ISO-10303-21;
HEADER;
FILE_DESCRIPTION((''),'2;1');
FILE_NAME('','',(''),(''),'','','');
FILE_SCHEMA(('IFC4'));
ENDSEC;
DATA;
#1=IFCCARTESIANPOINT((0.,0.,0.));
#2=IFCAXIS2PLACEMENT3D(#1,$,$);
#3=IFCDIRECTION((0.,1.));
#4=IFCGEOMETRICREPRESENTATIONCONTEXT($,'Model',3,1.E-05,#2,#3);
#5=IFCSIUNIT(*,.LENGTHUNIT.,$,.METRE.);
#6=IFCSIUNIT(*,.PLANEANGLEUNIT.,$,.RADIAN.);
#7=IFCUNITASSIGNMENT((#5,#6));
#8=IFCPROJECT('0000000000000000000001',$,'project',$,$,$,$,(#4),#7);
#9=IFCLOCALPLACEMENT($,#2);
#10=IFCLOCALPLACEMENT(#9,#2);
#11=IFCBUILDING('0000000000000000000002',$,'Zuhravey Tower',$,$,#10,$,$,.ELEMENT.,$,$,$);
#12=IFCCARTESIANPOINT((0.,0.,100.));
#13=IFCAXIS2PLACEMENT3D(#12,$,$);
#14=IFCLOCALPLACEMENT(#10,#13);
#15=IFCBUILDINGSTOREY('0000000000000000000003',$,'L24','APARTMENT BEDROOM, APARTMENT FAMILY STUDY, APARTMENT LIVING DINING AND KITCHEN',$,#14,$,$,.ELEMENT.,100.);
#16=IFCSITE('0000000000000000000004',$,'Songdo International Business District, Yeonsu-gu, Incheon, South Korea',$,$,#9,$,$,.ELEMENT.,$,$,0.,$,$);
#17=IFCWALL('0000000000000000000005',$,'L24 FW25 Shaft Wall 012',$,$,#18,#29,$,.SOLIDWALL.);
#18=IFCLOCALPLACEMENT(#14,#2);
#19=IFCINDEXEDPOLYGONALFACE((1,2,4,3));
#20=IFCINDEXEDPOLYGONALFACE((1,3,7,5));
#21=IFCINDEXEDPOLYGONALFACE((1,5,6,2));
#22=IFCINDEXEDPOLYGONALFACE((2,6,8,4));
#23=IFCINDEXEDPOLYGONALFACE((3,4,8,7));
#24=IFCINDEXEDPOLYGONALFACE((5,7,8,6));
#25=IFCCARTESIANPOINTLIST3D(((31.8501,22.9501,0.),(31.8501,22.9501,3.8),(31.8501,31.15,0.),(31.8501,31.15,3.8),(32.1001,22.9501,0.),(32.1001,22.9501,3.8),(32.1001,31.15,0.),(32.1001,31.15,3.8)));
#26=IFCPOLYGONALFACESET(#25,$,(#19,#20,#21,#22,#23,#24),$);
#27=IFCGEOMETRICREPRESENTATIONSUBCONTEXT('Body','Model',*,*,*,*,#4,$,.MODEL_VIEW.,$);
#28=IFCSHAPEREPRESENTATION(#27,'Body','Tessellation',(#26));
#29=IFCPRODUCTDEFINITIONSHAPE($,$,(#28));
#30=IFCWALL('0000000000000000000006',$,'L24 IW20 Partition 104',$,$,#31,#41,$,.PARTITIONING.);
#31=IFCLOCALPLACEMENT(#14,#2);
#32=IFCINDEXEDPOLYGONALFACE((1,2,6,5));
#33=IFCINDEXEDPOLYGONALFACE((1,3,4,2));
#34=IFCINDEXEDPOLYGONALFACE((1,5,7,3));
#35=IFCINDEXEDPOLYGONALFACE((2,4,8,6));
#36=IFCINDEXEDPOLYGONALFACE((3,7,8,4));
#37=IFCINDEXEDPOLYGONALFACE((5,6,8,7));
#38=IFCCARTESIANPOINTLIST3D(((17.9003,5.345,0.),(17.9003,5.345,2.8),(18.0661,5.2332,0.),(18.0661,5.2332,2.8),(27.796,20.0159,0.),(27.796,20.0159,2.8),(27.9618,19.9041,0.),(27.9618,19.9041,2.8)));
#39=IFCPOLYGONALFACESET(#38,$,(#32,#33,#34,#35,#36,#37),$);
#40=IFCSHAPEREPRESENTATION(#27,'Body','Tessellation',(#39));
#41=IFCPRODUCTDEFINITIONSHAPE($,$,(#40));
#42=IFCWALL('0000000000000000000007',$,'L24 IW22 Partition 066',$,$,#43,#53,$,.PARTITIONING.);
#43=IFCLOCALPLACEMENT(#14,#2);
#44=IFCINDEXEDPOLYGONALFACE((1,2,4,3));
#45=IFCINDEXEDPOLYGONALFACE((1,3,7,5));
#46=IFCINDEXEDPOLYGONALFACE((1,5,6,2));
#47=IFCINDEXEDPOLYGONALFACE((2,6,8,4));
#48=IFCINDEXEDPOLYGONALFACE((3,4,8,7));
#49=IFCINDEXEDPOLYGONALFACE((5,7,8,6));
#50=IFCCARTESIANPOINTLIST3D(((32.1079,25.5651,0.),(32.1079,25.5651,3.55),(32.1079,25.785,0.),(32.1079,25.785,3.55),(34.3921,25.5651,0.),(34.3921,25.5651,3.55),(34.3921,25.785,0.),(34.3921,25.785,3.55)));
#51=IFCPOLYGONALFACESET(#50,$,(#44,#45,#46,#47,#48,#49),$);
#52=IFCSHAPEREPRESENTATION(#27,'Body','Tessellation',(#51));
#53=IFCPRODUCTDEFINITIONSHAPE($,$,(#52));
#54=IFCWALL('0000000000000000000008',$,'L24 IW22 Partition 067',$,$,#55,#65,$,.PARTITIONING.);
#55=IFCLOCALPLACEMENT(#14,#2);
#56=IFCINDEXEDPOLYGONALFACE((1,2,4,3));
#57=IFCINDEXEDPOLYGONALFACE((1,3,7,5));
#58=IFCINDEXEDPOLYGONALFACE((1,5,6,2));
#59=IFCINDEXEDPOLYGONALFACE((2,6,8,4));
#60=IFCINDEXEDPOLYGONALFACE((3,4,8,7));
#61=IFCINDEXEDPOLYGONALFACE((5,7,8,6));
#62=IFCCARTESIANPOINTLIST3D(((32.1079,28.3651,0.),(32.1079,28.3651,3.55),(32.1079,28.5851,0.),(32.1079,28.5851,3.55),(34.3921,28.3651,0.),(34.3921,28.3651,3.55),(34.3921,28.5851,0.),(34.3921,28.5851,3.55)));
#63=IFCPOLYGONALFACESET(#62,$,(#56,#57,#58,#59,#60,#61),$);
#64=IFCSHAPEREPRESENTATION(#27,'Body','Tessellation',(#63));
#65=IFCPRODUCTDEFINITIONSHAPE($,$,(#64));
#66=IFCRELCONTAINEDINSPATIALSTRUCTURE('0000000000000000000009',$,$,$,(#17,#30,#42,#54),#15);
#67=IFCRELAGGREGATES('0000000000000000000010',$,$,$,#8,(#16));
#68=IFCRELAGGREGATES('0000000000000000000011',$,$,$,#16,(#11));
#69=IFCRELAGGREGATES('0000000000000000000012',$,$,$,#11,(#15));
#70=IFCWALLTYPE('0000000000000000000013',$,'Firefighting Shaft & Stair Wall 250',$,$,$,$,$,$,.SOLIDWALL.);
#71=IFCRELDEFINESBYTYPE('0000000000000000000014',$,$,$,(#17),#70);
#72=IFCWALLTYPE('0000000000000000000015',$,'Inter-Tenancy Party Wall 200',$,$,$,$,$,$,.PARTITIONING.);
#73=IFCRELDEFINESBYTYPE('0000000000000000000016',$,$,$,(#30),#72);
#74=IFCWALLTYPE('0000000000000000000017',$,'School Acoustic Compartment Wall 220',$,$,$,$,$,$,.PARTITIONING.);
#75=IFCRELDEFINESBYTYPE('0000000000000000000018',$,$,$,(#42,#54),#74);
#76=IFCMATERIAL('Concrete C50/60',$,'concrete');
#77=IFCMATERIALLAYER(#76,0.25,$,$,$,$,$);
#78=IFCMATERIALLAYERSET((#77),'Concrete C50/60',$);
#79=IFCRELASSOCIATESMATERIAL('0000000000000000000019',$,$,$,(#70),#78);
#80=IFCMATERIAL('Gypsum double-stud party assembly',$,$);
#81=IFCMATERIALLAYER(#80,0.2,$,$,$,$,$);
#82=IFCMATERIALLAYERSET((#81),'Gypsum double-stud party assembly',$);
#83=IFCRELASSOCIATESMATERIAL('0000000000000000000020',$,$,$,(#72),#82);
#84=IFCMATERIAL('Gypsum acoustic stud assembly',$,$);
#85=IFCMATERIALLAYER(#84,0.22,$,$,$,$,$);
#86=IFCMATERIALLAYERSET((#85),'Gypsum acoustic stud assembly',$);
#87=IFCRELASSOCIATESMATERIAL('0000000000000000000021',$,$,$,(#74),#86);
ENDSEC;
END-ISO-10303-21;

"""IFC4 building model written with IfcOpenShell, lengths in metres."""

from ifc_helpers import new_model, si_unit, direction, frame, frame_2d, origin, place, context, subcontext, project, spatial, rectangle, extrude, material, layer, layer_set, type_object, element, save


model = new_model("IFC4")

# Units and contexts
model_context = context("Model", 3, precision=1e-05, world=origin(), true_north=direction((0.0, 1.0)))
body_context = subcontext(model_context, "Body", "Model", "MODEL_VIEW")
ifc_project = project(units=[si_unit("LENGTHUNIT", "METRE"), si_unit("PLANEANGLEUNIT", "RADIAN")], contexts=[model_context])

# Site, building, storey
site_placement = place(None, origin())
site = spatial("IfcSite", under=ifc_project, at=site_placement, Name="Songdo International Business District, Yeonsu-gu, Incheon, South Korea", CompositionType="ELEMENT", RefElevation=0.0)
building_placement = place(site_placement, origin())
building = spatial("IfcBuilding", under=site, at=building_placement, Name="Zuhravey Tower", CompositionType="ELEMENT")
storey_placement = place(building_placement, frame((0.0, 0.0, 100.0)))
storey = spatial("IfcBuildingStorey", under=building, at=storey_placement, Name="L24", Description="APARTMENT BEDROOM, APARTMENT FAMILY STUDY, APARTMENT LIVING DINING AND KITCHEN", CompositionType="ELEMENT", Elevation=100.0)

# Shared definitions
ifc_material_1 = material(Name="Concrete C50/60", Category="concrete")
ifc_layer_1 = layer(ifc_material_1, 0.25)
ifc_layer_set_1 = layer_set([ifc_layer_1], Name="Concrete C50/60")
wall_type_1 = type_object("IfcWallType", Name="Firefighting Shaft & Stair Wall 250", PredefinedType="SOLIDWALL", material=ifc_layer_set_1)

# Walls
wall_1_placement = place(storey_placement, frame((31.9751, 22.95, 0.0), z_axis=(0.0, 0.0, 1.0), x_axis=(0.0, 1.0, 0.0)))
element("IfcWall", 1, at=wall_1_placement, inside=storey, type_object=wall_type_1, Name="L24 FW25 Shaft Wall 012", PredefinedType="SOLIDWALL", context=body_context, shape_type="SweptSolid", body=[
    extrude(rectangle(XDim=8.2, YDim=0.25, at=frame_2d((4.1001, 0.0))), origin(), (0.0, 0.0, 1.0), 3.8),
])
ifc_material_2 = material(Name="Gypsum double-stud party assembly")
ifc_layer_2 = layer(ifc_material_2, 0.2)
ifc_layer_set_2 = layer_set([ifc_layer_2], Name="Gypsum double-stud party assembly")
wall_type_2 = type_object("IfcWallType", Name="Inter-Tenancy Party Wall 200", PredefinedType="PARTITIONING", material=ifc_layer_set_2)
wall_2_placement = place(storey_placement, frame((27.8789, 19.96, 0.0), z_axis=(0.0, 0.0, 1.0), x_axis=(-0.559197, -0.829035, 0.0)))
element("IfcWall", 2, at=wall_2_placement, inside=storey, type_object=wall_type_2, Name="L24 IW20 Partition 104", PredefinedType="PARTITIONING", context=body_context, shape_type="SweptSolid", body=[
    extrude(rectangle(XDim=17.6963, YDim=0.2, at=frame_2d((8.8481, 0.0))), origin(), (0.0, 0.0, 1.0), 2.8),
])
ifc_material_3 = material(Name="Gypsum acoustic stud assembly")
ifc_layer_3 = layer(ifc_material_3, 0.22)
ifc_layer_set_3 = layer_set([ifc_layer_3], Name="Gypsum acoustic stud assembly")
wall_type_3 = type_object("IfcWallType", Name="School Acoustic Compartment Wall 220", PredefinedType="PARTITIONING", material=ifc_layer_set_3)
for number, where, z_axis, x_axis, name in (
    (3, (32.1079, 25.675, 0.0), (0.0, 0.0, 1.0), (1.0, 0.0, 0.0), "L24 IW22 Partition 066"),
    (4, (32.1079, 28.4751, 0.0), (0.0, 0.0, 1.0), (1.0, 0.0, 0.0), "L24 IW22 Partition 067"),
):
    element("IfcWall", number, at=place(storey_placement, frame(where, z_axis=z_axis, x_axis=x_axis)), inside=storey, type_object=wall_type_3, Name=name, PredefinedType="PARTITIONING", context=body_context, shape_type="SweptSolid", body=[
        extrude(rectangle(XDim=2.2842, YDim=0.22, at=frame_2d((1.1421, 0.0))), origin(), (0.0, 0.0, 1.0), 3.55),
    ])

save(model, "model.ifc")
